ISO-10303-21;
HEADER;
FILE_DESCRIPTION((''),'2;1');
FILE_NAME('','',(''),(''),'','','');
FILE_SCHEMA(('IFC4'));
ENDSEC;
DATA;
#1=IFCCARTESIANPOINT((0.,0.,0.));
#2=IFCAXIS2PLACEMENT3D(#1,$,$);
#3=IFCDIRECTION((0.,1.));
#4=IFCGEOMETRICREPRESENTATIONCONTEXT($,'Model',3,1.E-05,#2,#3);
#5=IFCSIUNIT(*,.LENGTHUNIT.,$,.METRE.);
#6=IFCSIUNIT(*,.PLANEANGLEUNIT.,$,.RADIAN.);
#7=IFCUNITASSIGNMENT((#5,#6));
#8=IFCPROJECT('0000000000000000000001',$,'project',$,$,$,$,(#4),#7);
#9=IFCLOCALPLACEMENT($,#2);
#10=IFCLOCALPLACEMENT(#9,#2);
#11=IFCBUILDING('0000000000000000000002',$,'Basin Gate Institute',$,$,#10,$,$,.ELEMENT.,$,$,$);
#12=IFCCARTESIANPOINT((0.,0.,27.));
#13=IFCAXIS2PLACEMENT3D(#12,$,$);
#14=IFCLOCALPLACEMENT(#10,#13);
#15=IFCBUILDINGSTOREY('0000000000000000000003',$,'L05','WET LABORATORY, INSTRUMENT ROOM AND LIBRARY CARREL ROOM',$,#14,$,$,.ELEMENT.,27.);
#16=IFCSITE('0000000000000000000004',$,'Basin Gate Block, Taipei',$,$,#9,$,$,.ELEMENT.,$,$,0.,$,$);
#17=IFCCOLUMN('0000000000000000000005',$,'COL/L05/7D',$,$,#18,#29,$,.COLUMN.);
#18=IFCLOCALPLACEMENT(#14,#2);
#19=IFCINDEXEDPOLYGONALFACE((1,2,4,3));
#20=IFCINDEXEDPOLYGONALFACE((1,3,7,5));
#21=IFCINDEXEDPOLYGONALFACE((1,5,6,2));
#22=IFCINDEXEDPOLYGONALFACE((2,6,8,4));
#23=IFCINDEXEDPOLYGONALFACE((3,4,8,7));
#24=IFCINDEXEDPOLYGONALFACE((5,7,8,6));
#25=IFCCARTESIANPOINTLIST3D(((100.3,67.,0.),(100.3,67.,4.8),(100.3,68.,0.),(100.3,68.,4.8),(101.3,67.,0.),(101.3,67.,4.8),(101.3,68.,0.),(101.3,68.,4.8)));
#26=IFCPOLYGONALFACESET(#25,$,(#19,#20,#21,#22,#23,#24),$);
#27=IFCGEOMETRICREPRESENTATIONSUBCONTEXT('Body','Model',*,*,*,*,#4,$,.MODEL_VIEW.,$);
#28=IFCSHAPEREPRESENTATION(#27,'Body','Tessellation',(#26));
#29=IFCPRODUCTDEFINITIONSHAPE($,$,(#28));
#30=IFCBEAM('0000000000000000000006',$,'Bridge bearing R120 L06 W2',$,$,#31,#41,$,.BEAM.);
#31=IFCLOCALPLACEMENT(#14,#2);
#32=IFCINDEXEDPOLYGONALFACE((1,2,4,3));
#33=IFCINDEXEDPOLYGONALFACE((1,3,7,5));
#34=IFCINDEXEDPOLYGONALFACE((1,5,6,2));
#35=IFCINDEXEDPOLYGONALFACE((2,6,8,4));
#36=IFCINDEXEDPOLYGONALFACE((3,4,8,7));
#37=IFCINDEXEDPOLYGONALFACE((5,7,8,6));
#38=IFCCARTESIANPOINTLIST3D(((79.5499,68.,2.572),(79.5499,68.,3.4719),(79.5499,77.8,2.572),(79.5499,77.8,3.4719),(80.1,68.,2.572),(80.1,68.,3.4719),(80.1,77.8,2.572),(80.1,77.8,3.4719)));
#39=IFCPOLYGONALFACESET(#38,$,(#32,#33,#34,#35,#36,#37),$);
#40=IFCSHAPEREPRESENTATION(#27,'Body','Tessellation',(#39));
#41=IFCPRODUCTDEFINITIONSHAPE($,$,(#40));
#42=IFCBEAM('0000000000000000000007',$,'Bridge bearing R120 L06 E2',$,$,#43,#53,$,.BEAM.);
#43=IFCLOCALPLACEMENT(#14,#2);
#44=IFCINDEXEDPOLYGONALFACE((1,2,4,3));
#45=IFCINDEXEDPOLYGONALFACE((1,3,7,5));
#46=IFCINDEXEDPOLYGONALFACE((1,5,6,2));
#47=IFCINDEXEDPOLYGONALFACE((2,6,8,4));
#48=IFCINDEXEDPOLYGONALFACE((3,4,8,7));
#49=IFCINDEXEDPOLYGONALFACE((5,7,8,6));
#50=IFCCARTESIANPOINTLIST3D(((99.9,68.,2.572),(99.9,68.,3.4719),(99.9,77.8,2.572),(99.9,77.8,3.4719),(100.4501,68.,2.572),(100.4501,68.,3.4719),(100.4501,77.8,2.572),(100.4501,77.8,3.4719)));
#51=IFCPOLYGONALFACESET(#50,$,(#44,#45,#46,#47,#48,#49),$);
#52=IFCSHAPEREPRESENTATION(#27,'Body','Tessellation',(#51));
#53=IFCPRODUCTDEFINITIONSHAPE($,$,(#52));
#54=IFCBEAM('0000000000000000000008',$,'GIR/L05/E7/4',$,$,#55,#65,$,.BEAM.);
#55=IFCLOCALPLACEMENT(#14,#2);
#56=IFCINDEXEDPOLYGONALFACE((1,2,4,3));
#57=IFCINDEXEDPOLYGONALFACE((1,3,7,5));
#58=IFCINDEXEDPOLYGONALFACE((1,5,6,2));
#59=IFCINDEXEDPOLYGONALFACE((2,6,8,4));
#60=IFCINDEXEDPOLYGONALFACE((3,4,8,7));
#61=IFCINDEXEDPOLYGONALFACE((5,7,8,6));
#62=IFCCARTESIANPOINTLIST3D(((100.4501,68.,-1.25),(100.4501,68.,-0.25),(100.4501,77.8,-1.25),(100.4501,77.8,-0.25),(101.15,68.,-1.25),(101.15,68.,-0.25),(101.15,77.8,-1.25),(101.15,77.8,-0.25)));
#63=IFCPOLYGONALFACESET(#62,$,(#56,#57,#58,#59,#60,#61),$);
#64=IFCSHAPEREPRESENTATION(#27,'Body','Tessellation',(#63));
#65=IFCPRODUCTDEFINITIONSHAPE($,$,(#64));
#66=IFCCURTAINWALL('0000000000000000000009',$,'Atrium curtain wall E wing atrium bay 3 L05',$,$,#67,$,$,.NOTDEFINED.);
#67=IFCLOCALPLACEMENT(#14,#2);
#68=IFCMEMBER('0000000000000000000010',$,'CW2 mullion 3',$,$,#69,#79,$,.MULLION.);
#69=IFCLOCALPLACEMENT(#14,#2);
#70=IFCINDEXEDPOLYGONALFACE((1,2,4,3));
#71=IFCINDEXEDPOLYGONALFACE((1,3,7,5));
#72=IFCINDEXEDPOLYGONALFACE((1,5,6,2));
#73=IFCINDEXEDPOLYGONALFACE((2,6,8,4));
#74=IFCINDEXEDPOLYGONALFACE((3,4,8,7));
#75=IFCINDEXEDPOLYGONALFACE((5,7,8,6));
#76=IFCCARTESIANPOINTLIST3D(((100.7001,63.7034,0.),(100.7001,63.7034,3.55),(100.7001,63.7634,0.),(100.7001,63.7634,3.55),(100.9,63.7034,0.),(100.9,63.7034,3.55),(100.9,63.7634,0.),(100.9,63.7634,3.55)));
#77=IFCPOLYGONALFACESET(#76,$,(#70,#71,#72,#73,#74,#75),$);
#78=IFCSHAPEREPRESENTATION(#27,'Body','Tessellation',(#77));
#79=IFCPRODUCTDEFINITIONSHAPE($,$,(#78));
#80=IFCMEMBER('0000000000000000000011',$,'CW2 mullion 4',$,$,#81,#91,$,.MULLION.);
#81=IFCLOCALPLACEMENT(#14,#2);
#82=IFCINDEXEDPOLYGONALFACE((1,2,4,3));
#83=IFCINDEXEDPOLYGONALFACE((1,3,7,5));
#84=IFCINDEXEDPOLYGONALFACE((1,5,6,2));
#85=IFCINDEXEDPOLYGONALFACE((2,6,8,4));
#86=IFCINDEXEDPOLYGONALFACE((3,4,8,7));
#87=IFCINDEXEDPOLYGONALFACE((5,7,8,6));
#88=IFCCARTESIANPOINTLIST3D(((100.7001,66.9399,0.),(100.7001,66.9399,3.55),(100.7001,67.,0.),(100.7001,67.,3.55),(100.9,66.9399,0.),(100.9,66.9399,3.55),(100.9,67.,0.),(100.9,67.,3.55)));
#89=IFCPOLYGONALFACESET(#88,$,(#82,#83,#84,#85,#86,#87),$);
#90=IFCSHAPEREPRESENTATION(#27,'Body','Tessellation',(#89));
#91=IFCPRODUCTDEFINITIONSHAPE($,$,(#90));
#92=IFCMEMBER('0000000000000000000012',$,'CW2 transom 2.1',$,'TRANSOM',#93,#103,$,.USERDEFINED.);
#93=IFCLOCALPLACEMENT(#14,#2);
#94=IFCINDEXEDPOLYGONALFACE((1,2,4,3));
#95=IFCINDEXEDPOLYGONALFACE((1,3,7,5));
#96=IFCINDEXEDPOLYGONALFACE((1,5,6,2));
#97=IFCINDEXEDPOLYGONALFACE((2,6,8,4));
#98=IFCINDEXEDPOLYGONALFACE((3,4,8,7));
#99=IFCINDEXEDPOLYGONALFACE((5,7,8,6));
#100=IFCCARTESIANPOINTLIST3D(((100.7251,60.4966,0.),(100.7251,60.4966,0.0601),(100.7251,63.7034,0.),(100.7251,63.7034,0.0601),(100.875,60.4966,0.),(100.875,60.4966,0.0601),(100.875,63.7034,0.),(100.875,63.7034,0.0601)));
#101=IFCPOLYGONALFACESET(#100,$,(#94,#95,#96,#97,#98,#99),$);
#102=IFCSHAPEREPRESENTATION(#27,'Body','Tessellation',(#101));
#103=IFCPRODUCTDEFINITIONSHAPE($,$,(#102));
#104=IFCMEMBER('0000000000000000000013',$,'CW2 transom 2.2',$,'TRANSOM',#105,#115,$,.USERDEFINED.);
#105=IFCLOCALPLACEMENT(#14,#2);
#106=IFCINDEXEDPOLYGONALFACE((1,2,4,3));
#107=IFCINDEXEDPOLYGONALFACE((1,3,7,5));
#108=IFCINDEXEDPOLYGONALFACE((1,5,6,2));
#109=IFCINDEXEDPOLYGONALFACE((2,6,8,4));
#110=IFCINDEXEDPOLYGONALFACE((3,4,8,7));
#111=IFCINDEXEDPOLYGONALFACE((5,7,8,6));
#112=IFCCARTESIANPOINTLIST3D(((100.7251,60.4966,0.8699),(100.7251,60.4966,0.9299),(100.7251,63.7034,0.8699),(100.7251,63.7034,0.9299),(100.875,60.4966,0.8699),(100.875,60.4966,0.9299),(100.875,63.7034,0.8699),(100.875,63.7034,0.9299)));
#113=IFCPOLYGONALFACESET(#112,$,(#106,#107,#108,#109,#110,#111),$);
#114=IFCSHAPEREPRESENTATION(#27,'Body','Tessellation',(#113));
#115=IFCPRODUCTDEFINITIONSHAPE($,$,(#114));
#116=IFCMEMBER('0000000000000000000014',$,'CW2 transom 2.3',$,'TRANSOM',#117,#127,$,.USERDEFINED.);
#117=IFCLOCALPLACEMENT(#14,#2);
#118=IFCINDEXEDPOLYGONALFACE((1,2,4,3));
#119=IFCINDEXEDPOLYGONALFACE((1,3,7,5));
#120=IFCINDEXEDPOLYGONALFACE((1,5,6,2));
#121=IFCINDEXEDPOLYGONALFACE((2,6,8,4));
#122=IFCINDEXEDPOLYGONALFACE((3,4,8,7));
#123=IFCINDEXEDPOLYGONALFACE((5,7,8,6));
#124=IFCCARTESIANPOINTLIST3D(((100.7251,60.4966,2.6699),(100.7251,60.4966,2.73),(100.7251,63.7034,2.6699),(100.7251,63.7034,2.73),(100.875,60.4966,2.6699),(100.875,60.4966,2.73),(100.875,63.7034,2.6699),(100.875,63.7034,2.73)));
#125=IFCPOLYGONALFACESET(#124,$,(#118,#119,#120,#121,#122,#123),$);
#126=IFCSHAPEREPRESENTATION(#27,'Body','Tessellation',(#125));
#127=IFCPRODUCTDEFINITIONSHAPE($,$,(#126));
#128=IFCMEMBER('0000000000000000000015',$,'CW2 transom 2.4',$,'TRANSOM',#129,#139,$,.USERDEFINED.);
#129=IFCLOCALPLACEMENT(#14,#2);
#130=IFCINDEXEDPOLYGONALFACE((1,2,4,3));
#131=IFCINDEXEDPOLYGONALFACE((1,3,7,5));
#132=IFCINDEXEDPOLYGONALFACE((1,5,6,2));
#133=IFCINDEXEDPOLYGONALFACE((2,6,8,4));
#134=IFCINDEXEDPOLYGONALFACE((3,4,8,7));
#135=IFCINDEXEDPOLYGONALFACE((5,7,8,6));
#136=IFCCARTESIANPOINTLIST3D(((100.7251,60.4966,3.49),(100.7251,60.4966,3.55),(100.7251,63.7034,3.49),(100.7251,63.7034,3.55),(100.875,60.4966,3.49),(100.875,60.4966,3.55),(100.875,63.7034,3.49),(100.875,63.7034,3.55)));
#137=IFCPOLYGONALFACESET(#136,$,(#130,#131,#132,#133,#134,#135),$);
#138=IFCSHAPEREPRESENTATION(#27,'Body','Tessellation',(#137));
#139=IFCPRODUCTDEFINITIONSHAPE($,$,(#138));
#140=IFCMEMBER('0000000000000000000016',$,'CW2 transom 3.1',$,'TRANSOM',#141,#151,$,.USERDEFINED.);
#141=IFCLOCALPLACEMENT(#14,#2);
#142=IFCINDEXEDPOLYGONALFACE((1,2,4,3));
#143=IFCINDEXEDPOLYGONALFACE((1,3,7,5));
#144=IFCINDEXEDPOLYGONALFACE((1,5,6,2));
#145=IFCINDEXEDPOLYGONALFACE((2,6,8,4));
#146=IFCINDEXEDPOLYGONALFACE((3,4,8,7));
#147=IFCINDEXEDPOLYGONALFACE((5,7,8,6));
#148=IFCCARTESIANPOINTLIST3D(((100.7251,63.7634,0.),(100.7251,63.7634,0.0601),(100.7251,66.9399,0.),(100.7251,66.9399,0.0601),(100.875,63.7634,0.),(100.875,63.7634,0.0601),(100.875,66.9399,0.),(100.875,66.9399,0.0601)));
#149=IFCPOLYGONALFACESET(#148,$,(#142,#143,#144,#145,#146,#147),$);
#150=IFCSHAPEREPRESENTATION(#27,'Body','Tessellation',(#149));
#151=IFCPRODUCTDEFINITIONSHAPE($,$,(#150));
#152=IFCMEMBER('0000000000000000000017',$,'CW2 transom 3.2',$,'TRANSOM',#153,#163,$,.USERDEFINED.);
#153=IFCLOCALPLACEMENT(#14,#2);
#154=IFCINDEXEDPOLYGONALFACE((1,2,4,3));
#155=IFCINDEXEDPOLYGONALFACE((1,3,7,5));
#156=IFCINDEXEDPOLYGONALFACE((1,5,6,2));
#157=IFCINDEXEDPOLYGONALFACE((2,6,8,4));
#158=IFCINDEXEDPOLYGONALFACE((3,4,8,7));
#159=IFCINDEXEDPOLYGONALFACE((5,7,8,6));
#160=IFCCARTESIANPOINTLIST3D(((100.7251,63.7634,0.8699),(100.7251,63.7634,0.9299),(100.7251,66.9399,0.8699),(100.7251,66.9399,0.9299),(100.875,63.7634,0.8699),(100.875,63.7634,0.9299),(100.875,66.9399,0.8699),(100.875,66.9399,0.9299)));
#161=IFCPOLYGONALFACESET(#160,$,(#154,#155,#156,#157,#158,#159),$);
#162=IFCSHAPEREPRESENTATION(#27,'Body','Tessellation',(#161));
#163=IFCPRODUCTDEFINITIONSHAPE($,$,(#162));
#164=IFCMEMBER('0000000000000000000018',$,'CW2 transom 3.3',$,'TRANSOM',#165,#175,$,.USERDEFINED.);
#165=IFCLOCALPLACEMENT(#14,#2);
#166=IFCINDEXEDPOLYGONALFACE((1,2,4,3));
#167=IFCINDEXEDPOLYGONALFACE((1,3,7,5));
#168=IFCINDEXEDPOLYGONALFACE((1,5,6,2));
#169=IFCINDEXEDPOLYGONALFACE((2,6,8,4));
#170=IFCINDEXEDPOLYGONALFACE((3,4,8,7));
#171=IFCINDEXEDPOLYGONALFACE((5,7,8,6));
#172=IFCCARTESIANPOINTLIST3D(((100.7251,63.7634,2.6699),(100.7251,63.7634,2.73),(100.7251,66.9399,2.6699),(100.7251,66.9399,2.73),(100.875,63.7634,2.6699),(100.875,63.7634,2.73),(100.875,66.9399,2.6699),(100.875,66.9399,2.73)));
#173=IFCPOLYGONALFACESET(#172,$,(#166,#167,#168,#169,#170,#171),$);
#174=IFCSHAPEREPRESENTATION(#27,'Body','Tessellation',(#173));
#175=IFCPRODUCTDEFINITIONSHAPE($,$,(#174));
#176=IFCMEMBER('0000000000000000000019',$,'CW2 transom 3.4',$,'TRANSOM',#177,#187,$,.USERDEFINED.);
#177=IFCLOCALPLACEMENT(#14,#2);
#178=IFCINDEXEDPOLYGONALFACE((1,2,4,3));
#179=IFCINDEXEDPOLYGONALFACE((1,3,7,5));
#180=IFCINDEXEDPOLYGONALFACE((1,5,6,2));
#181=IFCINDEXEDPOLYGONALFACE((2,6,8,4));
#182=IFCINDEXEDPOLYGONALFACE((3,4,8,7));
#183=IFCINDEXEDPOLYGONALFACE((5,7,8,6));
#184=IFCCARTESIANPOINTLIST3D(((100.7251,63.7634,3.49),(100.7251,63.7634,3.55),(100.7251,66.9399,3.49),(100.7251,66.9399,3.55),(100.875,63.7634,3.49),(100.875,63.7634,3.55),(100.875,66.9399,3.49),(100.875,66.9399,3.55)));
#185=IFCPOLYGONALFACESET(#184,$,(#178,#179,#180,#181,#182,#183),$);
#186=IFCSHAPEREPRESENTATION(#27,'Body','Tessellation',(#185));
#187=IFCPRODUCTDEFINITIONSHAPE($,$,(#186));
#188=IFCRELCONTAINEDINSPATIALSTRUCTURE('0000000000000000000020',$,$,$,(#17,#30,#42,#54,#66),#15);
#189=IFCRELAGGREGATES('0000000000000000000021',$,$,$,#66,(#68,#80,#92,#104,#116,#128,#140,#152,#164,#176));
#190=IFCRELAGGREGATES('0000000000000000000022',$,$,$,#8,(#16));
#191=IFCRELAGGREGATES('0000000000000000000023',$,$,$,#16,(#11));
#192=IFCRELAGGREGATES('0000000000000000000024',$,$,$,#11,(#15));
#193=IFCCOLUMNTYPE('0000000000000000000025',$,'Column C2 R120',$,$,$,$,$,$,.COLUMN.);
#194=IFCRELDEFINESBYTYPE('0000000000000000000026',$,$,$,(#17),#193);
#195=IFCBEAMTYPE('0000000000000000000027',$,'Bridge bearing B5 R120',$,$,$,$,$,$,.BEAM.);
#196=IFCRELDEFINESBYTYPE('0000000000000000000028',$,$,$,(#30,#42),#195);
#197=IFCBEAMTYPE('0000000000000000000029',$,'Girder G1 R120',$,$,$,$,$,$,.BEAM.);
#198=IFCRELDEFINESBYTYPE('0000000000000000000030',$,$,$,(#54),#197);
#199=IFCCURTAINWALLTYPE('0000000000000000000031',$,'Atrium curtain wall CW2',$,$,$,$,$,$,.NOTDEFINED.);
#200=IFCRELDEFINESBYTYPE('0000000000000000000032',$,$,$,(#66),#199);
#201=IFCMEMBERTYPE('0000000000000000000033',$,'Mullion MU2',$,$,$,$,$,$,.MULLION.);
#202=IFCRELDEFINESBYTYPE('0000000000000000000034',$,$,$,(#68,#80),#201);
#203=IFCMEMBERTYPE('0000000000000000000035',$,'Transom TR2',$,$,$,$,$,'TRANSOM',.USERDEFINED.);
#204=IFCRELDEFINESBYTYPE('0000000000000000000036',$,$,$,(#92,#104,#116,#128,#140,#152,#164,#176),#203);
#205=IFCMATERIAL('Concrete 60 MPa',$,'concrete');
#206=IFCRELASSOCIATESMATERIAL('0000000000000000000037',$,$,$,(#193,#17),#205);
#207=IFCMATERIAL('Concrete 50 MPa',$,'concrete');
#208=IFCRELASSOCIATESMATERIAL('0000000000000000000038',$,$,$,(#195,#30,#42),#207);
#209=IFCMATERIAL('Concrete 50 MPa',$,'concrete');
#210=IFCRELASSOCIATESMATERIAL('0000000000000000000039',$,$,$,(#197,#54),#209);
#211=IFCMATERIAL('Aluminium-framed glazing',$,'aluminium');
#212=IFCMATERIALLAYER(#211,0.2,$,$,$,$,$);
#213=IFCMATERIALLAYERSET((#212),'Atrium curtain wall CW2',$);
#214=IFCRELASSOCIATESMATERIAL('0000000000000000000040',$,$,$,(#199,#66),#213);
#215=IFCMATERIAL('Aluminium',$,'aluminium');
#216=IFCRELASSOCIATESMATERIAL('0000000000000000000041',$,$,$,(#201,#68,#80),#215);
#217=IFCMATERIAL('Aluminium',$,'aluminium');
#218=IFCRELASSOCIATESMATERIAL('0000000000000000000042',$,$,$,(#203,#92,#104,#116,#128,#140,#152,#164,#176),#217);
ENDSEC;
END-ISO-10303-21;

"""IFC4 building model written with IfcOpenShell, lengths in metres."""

from ifc_helpers import new_model, si_unit, direction, frame, origin, origin_2d, place, context, subcontext, project, spatial, rectangle, extrude, material, layer, layer_set, material_profile, profile_set, type_object, element, aggregate, save


model = new_model("IFC4")

# Units and contexts
model_context = context("Model", 3, precision=1e-05, world=origin(), true_north=direction((0.0, 1.0)))
body_context = subcontext(model_context, "Body", "Model", "MODEL_VIEW")
ifc_project = project(units=[si_unit("LENGTHUNIT", "METRE"), si_unit("PLANEANGLEUNIT", "RADIAN")], contexts=[model_context])

# Site, building, storey
site_placement = place(None, origin())
site = spatial("IfcSite", under=ifc_project, at=site_placement, Name="Basin Gate Block, Taipei", CompositionType="ELEMENT", RefElevation=0.0)
building_placement = place(site_placement, origin())
building = spatial("IfcBuilding", under=site, at=building_placement, Name="Basin Gate Institute", CompositionType="ELEMENT")
storey_placement = place(building_placement, frame((0.0, 0.0, 27.0)))
storey = spatial("IfcBuildingStorey", under=building, at=storey_placement, Name="L05", Description="WET LABORATORY, INSTRUMENT ROOM AND LIBRARY CARREL ROOM", CompositionType="ELEMENT", Elevation=27.0)

# Column
ifc_material_1 = material(Name="Concrete 60 MPa", Category="concrete")
ifc_material_profile_1 = material_profile(ifc_material_1, rectangle(XDim=1.0, YDim=1.0, at=origin_2d()), Name="Column C2 1000 x 1000")
ifc_profile_set_1 = profile_set([ifc_material_profile_1], Name="Concrete 60 MPa")
column_type = type_object("IfcColumnType", Name="Column C2 R120", PredefinedType="COLUMN", material=ifc_profile_set_1)
column_placement = place(storey_placement, frame((100.8, 67.5, 0.0), z_axis=(0.0, 0.0, 1.0), x_axis=(1.0, 0.0, 0.0)))
element("IfcColumn", 1, at=column_placement, inside=storey, type_object=column_type, material=ifc_profile_set_1, Name="COL/L05/7D", PredefinedType="COLUMN", context=body_context, shape_type="SweptSolid", body=[
    extrude(rectangle(XDim=1.0, YDim=1.0, at=origin_2d()), origin(), (0.0, 0.0, 1.0), 4.8),
])

# Beams
ifc_material_2 = material(Name="Concrete 50 MPa", Category="concrete")
ifc_material_profile_2 = material_profile(ifc_material_2, rectangle(XDim=0.55, YDim=0.8999, at=origin_2d()), Name="Bridge bearing B5 550 x 900")
ifc_profile_set_2 = profile_set([ifc_material_profile_2], Name="Concrete 50 MPa")
beam_type_1 = type_object("IfcBeamType", Name="Bridge bearing B5 R120", PredefinedType="BEAM", material=ifc_profile_set_2)
for number, where, z_axis, x_axis, name in (
    (2, (79.825, 68.0, 3.022), (0.0, 1.0, 0.0), (-1.0, 0.0, 0.0), "Bridge bearing R120 L06 W2"),
    (3, (100.175, 68.0, 3.022), (0.0, 1.0, 0.0), (-1.0, 0.0, 0.0), "Bridge bearing R120 L06 E2"),
):
    element("IfcBeam", number, at=place(storey_placement, frame(where, z_axis=z_axis, x_axis=x_axis)), inside=storey, type_object=beam_type_1, material=ifc_profile_set_2, Name=name, PredefinedType="BEAM", context=body_context, shape_type="SweptSolid", body=[
        extrude(rectangle(XDim=0.55, YDim=0.8999, at=origin_2d()), origin(), (0.0, 0.0, 1.0), 9.8),
    ])
ifc_material_3 = material(Name="Concrete 50 MPa", Category="concrete")
ifc_material_profile_3 = material_profile(ifc_material_3, rectangle(XDim=0.7, YDim=1.0, at=origin_2d()), Name="Girder G1 700 x 1000")
ifc_profile_set_3 = profile_set([ifc_material_profile_3], Name="Concrete 50 MPa")
beam_type_2 = type_object("IfcBeamType", Name="Girder G1 R120", PredefinedType="BEAM", material=ifc_profile_set_3)
beam_placement = place(storey_placement, frame((100.8, 68.0, -0.75), z_axis=(0.0, 1.0, 0.0), x_axis=(-1.0, 0.0, 0.0)))
element("IfcBeam", 4, at=beam_placement, inside=storey, type_object=beam_type_2, material=ifc_profile_set_3, Name="GIR/L05/E7/4", PredefinedType="BEAM", context=body_context, shape_type="SweptSolid", body=[
    extrude(rectangle(XDim=0.7, YDim=1.0, at=origin_2d()), origin(), (0.0, 0.0, 1.0), 9.8),
])

# Curtain wall, members
ifc_material_4 = material(Name="Aluminium-framed glazing", Category="aluminium")
ifc_layer_1 = layer(ifc_material_4, 0.2)
ifc_layer_set_1 = layer_set([ifc_layer_1], Name="Atrium curtain wall CW2")
curtain_wall_type = type_object("IfcCurtainWallType", Name="Atrium curtain wall CW2", PredefinedType="NOTDEFINED", material=ifc_layer_set_1)
curtain_wall_placement = place(storey_placement, origin())
curtain_wall = element("IfcCurtainWall", 5, at=curtain_wall_placement, inside=storey, type_object=curtain_wall_type, material=ifc_layer_set_1, Name="Atrium curtain wall E wing atrium bay 3 L05", PredefinedType="NOTDEFINED")
ifc_material_5 = material(Name="Aluminium", Category="aluminium")
ifc_material_profile_4 = material_profile(ifc_material_5, rectangle(XDim=0.2, YDim=0.0601, at=origin_2d()), Name="Mullion MU2 200 x 60")
ifc_profile_set_4 = profile_set([ifc_material_profile_4], Name="Aluminium")
member_type_1 = type_object("IfcMemberType", Name="Mullion MU2", PredefinedType="MULLION", material=ifc_profile_set_4)
member_1_placement = place(storey_placement, frame((100.8, 63.7334, 0.0), z_axis=(0.0, 0.0, 1.0), x_axis=(-1.0, 0.0, 0.0)))
member_1 = element("IfcMember", 6, at=member_1_placement, type_object=member_type_1, material=ifc_profile_set_4, Name="CW2 mullion 3", PredefinedType="MULLION", context=body_context, shape_type="SweptSolid", body=[
    extrude(rectangle(XDim=0.2, YDim=0.0601, at=origin_2d()), origin(), (0.0, 0.0, 1.0), 3.55),
])
member_2_placement = place(storey_placement, frame((100.8, 66.97, 0.0), z_axis=(0.0, 0.0, 1.0), x_axis=(-1.0, 0.0, 0.0)))
member_2 = element("IfcMember", 7, at=member_2_placement, type_object=member_type_1, material=ifc_profile_set_4, Name="CW2 mullion 4", PredefinedType="MULLION", context=body_context, shape_type="SweptSolid", body=[
    extrude(rectangle(XDim=0.2, YDim=0.0601, at=origin_2d()), origin(), (0.0, 0.0, 1.0), 3.55),
])
ifc_material_6 = material(Name="Aluminium", Category="aluminium")
ifc_material_profile_5 = material_profile(ifc_material_6, rectangle(XDim=0.1499, YDim=0.0601, at=origin_2d()), Name="Transom TR2 150 x 60")
ifc_profile_set_5 = profile_set([ifc_material_profile_5], Name="Aluminium")
member_type_2 = type_object("IfcMemberType", Name="Transom TR2", ElementType="TRANSOM", PredefinedType="USERDEFINED", material=ifc_profile_set_5)
member_3_placement = place(storey_placement, frame((100.8, 60.4966, 0.03), z_axis=(0.0, 1.0, 0.0), x_axis=(-1.0, 0.0, 0.0)))
member_3 = element("IfcMember", 8, at=member_3_placement, type_object=member_type_2, material=ifc_profile_set_5, Name="CW2 transom 2.1", ObjectType="TRANSOM", PredefinedType="USERDEFINED", context=body_context, shape_type="SweptSolid", body=[
    extrude(rectangle(XDim=0.1499, YDim=0.0601, at=origin_2d()), origin(), (0.0, 0.0, 1.0), 3.2068),
])
member_4_placement = place(storey_placement, frame((100.8, 60.4966, 0.8999), z_axis=(0.0, 1.0, 0.0), x_axis=(-1.0, 0.0, 0.0)))
member_4 = element("IfcMember", 9, at=member_4_placement, type_object=member_type_2, material=ifc_profile_set_5, Name="CW2 transom 2.2", ObjectType="TRANSOM", PredefinedType="USERDEFINED", context=body_context, shape_type="SweptSolid", body=[
    extrude(rectangle(XDim=0.1499, YDim=0.0601, at=origin_2d()), origin(), (0.0, 0.0, 1.0), 3.2068),
])
member_5_placement = place(storey_placement, frame((100.8, 60.4966, 2.7), z_axis=(0.0, 1.0, 0.0), x_axis=(-1.0, 0.0, 0.0)))
member_5 = element("IfcMember", 10, at=member_5_placement, type_object=member_type_2, material=ifc_profile_set_5, Name="CW2 transom 2.3", ObjectType="TRANSOM", PredefinedType="USERDEFINED", context=body_context, shape_type="SweptSolid", body=[
    extrude(rectangle(XDim=0.1499, YDim=0.0601, at=origin_2d()), origin(), (0.0, 0.0, 1.0), 3.2068),
])
member_6_placement = place(storey_placement, frame((100.8, 60.4966, 3.52), z_axis=(0.0, 1.0, 0.0), x_axis=(-1.0, 0.0, 0.0)))
member_6 = element("IfcMember", 11, at=member_6_placement, type_object=member_type_2, material=ifc_profile_set_5, Name="CW2 transom 2.4", ObjectType="TRANSOM", PredefinedType="USERDEFINED", context=body_context, shape_type="SweptSolid", body=[
    extrude(rectangle(XDim=0.1499, YDim=0.0601, at=origin_2d()), origin(), (0.0, 0.0, 1.0), 3.2068),
])
member_7_placement = place(storey_placement, frame((100.8, 63.7634, 0.03), z_axis=(0.0, 1.0, 0.0), x_axis=(-1.0, 0.0, 0.0)))
member_7 = element("IfcMember", 12, at=member_7_placement, type_object=member_type_2, material=ifc_profile_set_5, Name="CW2 transom 3.1", ObjectType="TRANSOM", PredefinedType="USERDEFINED", context=body_context, shape_type="SweptSolid", body=[
    extrude(rectangle(XDim=0.1499, YDim=0.0601, at=origin_2d()), origin(), (0.0, 0.0, 1.0), 3.1765),
])
member_8_placement = place(storey_placement, frame((100.8, 63.7634, 0.8999), z_axis=(0.0, 1.0, 0.0), x_axis=(-1.0, 0.0, 0.0)))
member_8 = element("IfcMember", 13, at=member_8_placement, type_object=member_type_2, material=ifc_profile_set_5, Name="CW2 transom 3.2", ObjectType="TRANSOM", PredefinedType="USERDEFINED", context=body_context, shape_type="SweptSolid", body=[
    extrude(rectangle(XDim=0.1499, YDim=0.0601, at=origin_2d()), origin(), (0.0, 0.0, 1.0), 3.1765),
])
member_9_placement = place(storey_placement, frame((100.8, 63.7634, 2.7), z_axis=(0.0, 1.0, 0.0), x_axis=(-1.0, 0.0, 0.0)))
member_9 = element("IfcMember", 14, at=member_9_placement, type_object=member_type_2, material=ifc_profile_set_5, Name="CW2 transom 3.3", ObjectType="TRANSOM", PredefinedType="USERDEFINED", context=body_context, shape_type="SweptSolid", body=[
    extrude(rectangle(XDim=0.1499, YDim=0.0601, at=origin_2d()), origin(), (0.0, 0.0, 1.0), 3.1765),
])
member_10_placement = place(storey_placement, frame((100.8, 63.7634, 3.52), z_axis=(0.0, 1.0, 0.0), x_axis=(-1.0, 0.0, 0.0)))
member_10 = element("IfcMember", 15, at=member_10_placement, type_object=member_type_2, material=ifc_profile_set_5, Name="CW2 transom 3.4", ObjectType="TRANSOM", PredefinedType="USERDEFINED", context=body_context, shape_type="SweptSolid", body=[
    extrude(rectangle(XDim=0.1499, YDim=0.0601, at=origin_2d()), origin(), (0.0, 0.0, 1.0), 3.1765),
])
aggregate(curtain_wall, [member_1, member_2, member_3, member_4, member_5, member_6, member_7, member_8, member_9, member_10])

save(model, "model.ifc")
